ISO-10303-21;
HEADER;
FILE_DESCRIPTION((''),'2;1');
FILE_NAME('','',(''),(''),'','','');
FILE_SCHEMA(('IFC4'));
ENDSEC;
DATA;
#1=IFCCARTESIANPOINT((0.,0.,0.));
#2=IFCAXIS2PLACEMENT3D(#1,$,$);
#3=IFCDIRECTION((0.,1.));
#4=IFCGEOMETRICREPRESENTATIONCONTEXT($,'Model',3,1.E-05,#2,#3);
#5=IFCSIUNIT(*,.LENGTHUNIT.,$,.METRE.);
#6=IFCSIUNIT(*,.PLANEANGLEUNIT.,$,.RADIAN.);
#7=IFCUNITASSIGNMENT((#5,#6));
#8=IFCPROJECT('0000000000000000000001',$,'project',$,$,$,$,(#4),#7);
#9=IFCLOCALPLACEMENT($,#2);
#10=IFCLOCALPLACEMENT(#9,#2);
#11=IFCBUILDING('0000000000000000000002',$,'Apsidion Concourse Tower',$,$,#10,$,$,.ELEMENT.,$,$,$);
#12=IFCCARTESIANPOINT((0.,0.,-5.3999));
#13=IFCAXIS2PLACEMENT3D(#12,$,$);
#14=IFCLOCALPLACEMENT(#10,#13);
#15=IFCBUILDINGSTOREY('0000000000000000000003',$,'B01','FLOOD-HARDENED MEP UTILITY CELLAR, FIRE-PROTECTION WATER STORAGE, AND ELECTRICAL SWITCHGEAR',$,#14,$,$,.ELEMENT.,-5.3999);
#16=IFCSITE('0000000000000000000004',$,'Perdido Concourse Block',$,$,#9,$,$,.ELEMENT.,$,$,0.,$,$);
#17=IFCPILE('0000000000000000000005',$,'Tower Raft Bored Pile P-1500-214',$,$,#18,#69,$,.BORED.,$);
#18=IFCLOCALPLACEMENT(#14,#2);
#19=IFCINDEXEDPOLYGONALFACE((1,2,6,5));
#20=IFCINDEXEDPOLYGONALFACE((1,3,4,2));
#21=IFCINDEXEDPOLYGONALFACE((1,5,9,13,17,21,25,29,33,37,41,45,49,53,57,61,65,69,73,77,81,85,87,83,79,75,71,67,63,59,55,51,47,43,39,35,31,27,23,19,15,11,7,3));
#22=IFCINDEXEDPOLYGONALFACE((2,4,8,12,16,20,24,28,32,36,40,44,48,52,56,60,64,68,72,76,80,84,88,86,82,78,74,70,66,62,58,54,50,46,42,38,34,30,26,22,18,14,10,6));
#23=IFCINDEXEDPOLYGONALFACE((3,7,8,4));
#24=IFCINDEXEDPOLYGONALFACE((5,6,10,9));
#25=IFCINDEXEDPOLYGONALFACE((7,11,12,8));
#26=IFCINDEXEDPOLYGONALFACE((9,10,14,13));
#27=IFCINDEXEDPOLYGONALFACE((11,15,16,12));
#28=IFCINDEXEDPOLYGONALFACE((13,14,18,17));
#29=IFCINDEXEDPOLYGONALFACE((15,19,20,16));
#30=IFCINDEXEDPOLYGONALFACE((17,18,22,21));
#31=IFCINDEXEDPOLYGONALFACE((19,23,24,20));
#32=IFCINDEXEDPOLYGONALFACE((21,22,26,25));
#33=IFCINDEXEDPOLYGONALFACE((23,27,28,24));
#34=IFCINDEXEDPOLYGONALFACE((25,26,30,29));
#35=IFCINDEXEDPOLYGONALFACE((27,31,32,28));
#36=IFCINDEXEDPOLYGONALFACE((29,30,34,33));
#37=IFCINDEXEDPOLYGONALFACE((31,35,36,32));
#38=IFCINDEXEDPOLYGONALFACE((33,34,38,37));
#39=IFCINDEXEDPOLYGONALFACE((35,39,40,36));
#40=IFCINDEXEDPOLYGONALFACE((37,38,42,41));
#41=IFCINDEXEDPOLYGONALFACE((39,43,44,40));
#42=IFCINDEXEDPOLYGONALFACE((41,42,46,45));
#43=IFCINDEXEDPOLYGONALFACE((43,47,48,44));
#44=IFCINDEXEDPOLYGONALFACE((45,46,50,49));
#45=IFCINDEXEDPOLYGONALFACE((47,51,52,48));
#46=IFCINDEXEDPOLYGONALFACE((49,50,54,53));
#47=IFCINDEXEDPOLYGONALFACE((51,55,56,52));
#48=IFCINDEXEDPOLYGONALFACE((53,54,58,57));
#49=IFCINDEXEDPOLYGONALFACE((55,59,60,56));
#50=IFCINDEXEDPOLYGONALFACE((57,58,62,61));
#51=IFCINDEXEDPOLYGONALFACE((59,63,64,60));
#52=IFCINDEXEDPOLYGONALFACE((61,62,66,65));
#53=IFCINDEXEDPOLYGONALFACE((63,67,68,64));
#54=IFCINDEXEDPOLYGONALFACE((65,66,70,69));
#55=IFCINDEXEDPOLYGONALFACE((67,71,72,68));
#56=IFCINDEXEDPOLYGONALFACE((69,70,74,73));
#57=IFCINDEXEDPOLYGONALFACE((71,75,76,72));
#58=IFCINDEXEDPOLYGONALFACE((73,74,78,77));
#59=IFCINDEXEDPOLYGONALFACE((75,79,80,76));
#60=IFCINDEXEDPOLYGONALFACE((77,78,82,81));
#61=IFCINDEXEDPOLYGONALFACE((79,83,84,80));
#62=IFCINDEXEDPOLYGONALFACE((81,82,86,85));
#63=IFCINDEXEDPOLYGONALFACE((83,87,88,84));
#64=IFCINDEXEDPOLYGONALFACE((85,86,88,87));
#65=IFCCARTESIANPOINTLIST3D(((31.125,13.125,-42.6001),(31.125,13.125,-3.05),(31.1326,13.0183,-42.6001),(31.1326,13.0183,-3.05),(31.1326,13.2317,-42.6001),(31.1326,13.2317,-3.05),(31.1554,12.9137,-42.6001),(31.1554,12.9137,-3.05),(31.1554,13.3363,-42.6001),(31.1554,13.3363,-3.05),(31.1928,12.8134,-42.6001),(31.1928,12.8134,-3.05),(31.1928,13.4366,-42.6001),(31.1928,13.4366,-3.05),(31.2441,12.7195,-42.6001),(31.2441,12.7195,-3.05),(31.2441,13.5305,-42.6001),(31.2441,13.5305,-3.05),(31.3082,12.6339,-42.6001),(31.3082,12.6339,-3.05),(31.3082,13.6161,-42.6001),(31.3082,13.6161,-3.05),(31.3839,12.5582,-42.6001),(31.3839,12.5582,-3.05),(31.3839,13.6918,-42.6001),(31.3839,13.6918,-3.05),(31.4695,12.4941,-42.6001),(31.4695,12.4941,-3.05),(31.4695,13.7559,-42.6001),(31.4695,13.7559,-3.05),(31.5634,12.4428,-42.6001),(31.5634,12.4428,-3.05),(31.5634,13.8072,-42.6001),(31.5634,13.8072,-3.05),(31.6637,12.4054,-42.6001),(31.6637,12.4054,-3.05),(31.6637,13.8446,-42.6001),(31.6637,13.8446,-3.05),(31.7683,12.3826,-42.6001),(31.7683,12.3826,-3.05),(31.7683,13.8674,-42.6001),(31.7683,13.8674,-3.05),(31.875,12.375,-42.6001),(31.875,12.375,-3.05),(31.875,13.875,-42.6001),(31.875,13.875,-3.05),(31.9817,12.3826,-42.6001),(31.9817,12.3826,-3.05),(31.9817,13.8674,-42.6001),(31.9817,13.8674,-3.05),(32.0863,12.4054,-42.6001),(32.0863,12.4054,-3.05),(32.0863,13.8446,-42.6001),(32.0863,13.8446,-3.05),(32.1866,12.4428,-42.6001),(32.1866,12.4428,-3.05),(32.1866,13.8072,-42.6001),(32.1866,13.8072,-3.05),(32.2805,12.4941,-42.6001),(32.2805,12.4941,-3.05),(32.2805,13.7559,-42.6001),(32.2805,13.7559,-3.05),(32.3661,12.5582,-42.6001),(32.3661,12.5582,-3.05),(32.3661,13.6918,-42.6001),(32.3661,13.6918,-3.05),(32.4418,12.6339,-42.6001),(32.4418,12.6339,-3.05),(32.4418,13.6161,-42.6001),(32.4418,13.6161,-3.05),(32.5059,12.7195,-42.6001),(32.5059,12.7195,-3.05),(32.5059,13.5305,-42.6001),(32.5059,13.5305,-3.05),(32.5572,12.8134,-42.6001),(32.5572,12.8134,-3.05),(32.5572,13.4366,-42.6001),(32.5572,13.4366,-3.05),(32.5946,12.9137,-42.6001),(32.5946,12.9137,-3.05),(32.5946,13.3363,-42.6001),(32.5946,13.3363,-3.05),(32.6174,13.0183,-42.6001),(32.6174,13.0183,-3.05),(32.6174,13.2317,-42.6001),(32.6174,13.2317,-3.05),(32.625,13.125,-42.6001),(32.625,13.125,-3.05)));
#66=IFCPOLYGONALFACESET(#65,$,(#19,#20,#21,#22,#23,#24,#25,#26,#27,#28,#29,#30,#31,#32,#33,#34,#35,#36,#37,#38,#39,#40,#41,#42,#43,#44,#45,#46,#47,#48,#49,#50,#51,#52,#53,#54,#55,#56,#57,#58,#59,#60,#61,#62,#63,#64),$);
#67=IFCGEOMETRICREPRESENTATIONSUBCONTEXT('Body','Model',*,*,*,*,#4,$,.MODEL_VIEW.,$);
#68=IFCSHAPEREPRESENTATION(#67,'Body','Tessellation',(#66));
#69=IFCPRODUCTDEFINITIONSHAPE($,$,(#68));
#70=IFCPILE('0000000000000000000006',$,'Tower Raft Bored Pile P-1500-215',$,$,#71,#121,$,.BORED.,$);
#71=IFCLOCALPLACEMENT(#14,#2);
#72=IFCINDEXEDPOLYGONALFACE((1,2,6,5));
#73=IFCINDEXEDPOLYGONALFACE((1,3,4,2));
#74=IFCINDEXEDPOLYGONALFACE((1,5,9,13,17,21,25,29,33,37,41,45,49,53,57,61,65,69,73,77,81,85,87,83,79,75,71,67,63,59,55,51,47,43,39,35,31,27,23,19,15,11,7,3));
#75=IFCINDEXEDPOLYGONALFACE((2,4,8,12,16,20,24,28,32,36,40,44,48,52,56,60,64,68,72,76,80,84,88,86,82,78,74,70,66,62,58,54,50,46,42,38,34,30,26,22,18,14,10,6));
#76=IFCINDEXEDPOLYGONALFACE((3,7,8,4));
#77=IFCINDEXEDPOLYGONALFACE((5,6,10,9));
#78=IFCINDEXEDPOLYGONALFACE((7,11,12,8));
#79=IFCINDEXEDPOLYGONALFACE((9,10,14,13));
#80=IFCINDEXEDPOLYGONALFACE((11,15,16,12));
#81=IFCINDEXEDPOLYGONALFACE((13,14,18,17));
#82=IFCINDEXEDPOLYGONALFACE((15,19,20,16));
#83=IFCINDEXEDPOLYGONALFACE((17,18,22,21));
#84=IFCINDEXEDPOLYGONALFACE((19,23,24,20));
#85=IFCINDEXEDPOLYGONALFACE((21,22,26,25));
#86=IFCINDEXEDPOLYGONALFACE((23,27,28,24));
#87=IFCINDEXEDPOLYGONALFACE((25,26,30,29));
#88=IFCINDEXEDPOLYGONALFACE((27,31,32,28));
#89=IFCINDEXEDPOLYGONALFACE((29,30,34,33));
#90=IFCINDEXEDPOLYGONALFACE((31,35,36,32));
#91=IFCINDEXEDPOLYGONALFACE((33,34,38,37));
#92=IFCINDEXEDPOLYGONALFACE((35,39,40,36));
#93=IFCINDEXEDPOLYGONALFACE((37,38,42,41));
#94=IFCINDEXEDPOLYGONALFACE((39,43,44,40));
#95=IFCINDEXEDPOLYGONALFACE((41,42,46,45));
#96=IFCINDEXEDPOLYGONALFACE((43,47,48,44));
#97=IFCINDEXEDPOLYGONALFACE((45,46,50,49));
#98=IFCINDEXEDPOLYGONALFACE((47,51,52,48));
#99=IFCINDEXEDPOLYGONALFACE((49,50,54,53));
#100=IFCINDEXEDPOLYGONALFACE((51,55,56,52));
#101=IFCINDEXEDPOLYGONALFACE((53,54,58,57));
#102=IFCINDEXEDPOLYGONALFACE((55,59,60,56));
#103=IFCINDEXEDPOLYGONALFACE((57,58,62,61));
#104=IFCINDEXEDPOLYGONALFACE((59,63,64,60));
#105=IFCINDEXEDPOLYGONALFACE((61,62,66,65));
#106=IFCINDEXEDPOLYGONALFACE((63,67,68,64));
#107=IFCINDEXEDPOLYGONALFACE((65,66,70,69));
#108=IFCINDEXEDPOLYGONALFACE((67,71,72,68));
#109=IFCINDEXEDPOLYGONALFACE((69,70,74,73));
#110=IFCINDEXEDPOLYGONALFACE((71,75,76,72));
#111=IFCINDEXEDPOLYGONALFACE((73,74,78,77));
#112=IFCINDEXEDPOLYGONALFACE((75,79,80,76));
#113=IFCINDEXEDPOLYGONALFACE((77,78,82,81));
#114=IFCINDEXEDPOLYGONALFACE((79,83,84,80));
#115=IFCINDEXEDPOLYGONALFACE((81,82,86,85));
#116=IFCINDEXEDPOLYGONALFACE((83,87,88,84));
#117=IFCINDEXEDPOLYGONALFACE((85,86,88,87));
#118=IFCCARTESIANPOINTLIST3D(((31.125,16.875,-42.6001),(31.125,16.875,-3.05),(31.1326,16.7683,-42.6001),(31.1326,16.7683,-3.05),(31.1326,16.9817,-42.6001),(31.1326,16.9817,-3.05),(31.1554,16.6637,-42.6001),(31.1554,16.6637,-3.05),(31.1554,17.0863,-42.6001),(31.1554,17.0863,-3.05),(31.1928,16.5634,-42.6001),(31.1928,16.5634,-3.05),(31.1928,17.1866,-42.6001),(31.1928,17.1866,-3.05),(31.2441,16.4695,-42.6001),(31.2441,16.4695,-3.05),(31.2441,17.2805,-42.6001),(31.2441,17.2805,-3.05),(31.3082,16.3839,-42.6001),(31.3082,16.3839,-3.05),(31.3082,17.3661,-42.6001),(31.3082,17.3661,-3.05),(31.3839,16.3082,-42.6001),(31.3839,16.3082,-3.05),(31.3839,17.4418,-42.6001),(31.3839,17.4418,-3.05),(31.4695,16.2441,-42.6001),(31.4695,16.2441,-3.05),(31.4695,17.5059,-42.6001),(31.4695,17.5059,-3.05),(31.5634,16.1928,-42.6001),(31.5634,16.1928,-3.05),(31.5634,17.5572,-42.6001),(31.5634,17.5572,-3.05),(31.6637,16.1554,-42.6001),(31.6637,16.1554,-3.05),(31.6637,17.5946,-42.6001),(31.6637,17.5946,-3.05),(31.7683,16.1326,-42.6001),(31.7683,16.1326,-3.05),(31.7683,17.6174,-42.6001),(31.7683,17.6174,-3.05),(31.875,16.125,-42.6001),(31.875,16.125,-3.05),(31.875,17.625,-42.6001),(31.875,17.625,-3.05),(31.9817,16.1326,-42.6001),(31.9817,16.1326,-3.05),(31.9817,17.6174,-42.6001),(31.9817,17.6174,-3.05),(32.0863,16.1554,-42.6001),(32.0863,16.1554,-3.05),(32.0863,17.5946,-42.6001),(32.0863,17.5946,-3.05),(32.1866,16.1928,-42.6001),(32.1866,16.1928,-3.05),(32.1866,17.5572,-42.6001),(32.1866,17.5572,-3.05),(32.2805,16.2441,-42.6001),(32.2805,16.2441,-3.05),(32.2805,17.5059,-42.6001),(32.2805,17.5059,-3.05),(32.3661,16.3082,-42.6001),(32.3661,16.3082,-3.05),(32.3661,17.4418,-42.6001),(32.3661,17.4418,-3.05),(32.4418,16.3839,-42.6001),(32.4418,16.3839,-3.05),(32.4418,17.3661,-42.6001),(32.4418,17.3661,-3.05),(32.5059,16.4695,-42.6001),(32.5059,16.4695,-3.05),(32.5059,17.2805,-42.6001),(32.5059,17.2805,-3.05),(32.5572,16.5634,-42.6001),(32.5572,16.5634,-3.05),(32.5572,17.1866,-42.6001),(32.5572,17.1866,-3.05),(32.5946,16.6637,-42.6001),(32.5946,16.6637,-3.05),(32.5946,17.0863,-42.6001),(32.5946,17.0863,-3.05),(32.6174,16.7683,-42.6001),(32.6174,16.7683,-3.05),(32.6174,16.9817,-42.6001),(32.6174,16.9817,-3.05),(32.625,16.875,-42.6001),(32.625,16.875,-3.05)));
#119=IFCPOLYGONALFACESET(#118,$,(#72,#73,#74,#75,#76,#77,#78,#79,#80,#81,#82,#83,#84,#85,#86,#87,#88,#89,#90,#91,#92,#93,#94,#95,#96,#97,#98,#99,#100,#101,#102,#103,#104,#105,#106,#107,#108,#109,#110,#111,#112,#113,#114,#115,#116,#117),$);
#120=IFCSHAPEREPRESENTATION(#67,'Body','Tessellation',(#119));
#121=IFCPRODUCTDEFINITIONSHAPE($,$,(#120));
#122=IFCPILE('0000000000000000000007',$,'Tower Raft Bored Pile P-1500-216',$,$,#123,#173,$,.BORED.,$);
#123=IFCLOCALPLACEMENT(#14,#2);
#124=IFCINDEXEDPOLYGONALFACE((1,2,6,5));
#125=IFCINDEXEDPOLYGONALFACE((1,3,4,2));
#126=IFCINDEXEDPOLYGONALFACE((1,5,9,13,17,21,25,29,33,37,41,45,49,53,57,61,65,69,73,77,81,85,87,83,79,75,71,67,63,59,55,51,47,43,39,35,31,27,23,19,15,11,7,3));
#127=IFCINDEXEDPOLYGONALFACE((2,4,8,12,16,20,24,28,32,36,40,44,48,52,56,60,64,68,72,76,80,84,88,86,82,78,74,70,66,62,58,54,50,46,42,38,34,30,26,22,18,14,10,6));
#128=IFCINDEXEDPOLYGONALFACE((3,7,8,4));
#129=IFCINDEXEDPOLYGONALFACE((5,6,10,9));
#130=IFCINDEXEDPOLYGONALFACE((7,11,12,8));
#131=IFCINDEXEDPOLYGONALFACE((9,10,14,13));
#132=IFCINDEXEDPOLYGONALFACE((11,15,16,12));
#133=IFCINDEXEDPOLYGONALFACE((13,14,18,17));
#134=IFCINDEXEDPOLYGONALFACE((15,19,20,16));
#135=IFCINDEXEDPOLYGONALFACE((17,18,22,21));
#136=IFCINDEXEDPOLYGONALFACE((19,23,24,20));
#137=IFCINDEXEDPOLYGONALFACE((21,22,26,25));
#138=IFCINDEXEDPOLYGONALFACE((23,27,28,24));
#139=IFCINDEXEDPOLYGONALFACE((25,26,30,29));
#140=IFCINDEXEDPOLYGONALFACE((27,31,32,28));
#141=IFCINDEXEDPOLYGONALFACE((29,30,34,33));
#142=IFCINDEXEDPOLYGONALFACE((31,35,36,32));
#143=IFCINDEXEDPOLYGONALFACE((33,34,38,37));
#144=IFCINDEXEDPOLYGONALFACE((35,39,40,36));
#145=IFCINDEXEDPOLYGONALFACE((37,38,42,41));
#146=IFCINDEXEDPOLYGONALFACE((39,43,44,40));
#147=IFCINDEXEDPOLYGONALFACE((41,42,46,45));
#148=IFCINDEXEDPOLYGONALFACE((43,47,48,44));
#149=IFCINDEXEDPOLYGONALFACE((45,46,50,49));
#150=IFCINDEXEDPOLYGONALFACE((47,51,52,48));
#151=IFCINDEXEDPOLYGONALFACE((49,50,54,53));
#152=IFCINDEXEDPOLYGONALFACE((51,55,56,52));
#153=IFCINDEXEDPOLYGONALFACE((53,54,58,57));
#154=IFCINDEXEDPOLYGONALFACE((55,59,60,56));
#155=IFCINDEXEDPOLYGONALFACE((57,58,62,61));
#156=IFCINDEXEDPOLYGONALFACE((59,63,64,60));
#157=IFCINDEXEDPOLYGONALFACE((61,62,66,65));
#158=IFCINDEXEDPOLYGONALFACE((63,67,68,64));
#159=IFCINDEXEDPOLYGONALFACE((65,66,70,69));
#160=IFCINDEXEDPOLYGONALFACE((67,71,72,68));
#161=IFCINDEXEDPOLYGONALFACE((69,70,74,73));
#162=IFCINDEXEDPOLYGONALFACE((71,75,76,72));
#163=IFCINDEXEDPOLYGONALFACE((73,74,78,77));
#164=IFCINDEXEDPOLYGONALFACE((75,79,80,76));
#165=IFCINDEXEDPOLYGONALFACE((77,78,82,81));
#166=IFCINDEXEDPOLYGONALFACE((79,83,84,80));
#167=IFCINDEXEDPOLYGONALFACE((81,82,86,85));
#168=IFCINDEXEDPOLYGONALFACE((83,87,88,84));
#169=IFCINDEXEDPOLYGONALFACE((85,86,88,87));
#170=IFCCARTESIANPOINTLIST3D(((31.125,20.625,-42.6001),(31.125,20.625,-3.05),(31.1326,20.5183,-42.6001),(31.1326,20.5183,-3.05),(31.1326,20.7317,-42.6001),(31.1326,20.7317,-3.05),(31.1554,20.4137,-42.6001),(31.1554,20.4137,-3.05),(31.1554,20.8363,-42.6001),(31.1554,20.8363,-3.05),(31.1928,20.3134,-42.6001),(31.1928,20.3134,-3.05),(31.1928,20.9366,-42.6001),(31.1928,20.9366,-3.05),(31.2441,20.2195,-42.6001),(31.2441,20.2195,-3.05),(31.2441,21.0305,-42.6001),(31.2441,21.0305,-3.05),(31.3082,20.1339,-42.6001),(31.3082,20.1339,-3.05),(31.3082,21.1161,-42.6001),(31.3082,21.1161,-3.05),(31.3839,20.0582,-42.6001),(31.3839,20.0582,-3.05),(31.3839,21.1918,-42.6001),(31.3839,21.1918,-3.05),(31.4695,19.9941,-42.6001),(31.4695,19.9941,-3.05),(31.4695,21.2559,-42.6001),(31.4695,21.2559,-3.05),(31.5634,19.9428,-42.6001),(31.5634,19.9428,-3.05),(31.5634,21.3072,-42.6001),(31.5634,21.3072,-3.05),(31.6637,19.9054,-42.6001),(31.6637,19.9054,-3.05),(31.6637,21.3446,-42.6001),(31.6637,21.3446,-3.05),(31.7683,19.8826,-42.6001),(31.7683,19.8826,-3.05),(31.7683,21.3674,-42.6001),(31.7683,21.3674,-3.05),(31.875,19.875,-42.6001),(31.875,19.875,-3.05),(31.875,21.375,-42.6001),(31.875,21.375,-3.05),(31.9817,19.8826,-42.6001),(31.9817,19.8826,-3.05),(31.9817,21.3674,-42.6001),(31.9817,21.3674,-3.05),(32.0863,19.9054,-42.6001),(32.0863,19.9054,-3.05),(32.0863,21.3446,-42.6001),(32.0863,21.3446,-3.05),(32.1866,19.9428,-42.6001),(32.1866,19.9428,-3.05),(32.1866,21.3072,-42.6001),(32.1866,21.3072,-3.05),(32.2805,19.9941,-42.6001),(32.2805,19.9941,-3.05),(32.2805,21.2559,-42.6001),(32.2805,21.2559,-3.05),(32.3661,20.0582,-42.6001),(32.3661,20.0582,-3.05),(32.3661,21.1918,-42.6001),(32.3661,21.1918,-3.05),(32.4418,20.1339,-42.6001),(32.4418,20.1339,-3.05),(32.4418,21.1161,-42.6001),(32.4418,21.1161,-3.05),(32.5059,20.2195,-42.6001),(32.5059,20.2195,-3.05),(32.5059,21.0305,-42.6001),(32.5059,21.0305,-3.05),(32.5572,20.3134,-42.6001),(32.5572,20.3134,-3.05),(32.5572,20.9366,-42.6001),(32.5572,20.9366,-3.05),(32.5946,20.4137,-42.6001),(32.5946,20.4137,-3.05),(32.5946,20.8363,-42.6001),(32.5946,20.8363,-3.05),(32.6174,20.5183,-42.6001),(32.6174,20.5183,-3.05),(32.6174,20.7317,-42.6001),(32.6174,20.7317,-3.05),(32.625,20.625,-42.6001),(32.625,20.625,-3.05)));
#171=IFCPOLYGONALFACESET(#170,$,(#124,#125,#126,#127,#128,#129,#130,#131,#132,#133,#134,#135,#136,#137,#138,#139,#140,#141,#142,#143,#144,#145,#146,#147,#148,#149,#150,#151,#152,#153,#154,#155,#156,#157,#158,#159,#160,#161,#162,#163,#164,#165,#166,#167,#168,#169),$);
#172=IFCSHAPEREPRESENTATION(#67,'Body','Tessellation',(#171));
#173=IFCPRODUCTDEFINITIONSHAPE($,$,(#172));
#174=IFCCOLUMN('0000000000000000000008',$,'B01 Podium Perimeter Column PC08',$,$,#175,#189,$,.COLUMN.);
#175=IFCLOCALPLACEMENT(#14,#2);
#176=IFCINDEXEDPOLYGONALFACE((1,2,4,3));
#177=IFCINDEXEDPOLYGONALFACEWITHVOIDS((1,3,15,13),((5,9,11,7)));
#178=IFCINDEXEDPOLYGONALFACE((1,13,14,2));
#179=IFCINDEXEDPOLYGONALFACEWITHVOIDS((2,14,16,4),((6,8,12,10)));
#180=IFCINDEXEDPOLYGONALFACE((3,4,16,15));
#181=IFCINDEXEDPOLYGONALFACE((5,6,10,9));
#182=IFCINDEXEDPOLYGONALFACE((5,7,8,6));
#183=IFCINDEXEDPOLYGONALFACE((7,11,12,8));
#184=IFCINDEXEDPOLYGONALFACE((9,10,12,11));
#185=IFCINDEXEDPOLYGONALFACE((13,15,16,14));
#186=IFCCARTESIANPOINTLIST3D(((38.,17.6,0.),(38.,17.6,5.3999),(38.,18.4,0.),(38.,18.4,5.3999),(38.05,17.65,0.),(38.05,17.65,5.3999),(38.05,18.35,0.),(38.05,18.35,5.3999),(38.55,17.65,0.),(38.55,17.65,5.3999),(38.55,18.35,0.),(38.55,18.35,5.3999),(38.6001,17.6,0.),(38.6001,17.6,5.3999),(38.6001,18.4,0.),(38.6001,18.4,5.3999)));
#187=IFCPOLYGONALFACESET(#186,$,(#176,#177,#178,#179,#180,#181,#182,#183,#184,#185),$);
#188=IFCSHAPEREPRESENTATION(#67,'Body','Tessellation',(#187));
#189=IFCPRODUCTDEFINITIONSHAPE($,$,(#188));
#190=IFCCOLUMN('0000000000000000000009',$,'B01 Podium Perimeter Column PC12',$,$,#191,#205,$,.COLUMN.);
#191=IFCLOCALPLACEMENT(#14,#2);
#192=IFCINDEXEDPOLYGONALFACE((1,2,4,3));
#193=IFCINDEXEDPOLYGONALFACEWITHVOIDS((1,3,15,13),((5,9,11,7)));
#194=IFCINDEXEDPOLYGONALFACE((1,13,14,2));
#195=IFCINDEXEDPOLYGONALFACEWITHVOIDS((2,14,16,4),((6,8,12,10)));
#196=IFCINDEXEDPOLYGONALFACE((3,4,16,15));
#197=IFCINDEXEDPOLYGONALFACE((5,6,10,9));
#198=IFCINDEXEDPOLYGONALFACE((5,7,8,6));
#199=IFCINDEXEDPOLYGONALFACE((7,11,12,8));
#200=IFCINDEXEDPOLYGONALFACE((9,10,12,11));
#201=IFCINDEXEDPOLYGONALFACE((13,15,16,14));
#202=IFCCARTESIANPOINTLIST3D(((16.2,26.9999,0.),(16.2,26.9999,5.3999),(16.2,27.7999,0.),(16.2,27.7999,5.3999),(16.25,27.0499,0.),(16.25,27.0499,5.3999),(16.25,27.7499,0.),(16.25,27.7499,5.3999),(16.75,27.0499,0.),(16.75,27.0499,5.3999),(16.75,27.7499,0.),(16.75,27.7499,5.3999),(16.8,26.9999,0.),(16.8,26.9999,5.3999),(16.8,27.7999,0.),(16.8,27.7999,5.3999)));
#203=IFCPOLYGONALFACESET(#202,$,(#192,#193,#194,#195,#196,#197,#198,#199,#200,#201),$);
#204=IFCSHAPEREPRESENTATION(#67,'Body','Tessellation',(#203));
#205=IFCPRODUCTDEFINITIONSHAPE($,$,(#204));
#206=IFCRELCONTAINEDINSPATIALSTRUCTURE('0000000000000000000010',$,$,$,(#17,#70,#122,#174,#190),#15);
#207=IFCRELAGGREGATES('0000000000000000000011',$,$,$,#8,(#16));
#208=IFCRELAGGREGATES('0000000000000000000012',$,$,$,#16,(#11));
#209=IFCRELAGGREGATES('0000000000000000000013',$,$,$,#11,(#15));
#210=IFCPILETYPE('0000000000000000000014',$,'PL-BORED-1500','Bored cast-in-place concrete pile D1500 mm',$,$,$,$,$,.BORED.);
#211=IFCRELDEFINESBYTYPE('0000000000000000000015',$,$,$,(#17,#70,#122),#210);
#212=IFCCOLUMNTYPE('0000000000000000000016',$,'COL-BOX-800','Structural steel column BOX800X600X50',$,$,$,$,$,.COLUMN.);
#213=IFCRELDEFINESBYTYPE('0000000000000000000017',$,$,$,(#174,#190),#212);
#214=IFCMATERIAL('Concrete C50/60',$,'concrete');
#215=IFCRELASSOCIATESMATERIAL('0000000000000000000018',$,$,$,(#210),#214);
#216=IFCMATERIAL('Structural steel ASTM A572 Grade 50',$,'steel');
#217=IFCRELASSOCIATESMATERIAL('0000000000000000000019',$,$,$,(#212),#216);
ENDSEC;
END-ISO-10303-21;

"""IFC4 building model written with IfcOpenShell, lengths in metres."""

from ifc_helpers import new_model, si_unit, direction, frame, origin, origin_2d, place, context, subcontext, project, spatial, hollow_rectangle, circle, extrude, material, material_profile, profile_set, type_object, element, save


model = new_model("IFC4")

# Units and contexts
model_context = context("Model", 3, precision=1e-05, world=origin(), true_north=direction((0.0, 1.0)))
body_context = subcontext(model_context, "Body", "Model", "MODEL_VIEW")
ifc_project = project(units=[si_unit("LENGTHUNIT", "METRE"), si_unit("PLANEANGLEUNIT", "RADIAN")], contexts=[model_context])

# Site, building, storey
site_placement = place(None, origin())
site = spatial("IfcSite", under=ifc_project, at=site_placement, Name="Perdido Concourse Block", CompositionType="ELEMENT", RefElevation=0.0)
building_placement = place(site_placement, origin())
building = spatial("IfcBuilding", under=site, at=building_placement, Name="Apsidion Concourse Tower", CompositionType="ELEMENT")
storey_placement = place(building_placement, frame((0.0, 0.0, -5.3999)))
storey = spatial("IfcBuildingStorey", under=building, at=storey_placement, Name="B01", Description="FLOOD-HARDENED MEP UTILITY CELLAR, FIRE-PROTECTION WATER STORAGE, AND ELECTRICAL SWITCHGEAR", CompositionType="ELEMENT", Elevation=-5.3999)

# Shared definitions
ifc_material_1 = material(Name="Concrete C50/60", Category="concrete")

# Piles
ifc_material_profile_1 = material_profile(ifc_material_1, circle(Radius=0.75, at=origin_2d()), Name="BORED PILE D1500")
ifc_profile_set_1 = profile_set([ifc_material_profile_1], Name="Concrete C50/60")
pile_type_1 = type_object("IfcPileType", Name="PL-BORED-1500", Description="Bored cast-in-place concrete pile D1500 mm", PredefinedType="BORED", material=ifc_profile_set_1)
for number, where, z_axis, x_axis, name in (
    (1, (31.875, 13.125, -3.05), (0.0, 0.0, -1.0), (1.0, 0.0, 0.0), "Tower Raft Bored Pile P-1500-214"),
    (2, (31.875, 16.875, -3.05), (0.0, 0.0, -1.0), (1.0, 0.0, 0.0), "Tower Raft Bored Pile P-1500-215"),
    (3, (31.875, 20.625, -3.05), (0.0, 0.0, -1.0), (1.0, 0.0, 0.0), "Tower Raft Bored Pile P-1500-216"),
):
    element("IfcPile", number, at=place(storey_placement, frame(where, z_axis=z_axis, x_axis=x_axis)), inside=storey, type_object=pile_type_1, Name=name, PredefinedType="BORED", context=body_context, shape_type="SweptSolid", body=[
        extrude(circle(Radius=0.75, at=origin_2d()), origin(), (0.0, 0.0, 1.0), 39.55),
    ])

# Columns
ifc_material_2 = material(Name="Structural steel ASTM A572 Grade 50", Category="steel")
ifc_material_profile_2 = material_profile(ifc_material_2, hollow_rectangle(XDim=0.6001, YDim=0.8, WallThickness=0.05, at=origin_2d()), Name="BOX800X600X50")
ifc_profile_set_2 = profile_set([ifc_material_profile_2], Name="Structural steel ASTM A572 Grade 50")
column_type_1 = type_object("IfcColumnType", Name="COL-BOX-800", Description="Structural steel column BOX800X600X50", PredefinedType="COLUMN", material=ifc_profile_set_2)
for number, where, z_axis, x_axis, name in (
    (4, (38.3, 18.0, 0.0), (0.0, 0.0, 1.0), (1.0, 0.0, 0.0), "B01 Podium Perimeter Column PC08"),
    (5, (16.5, 27.3999, 0.0), (0.0, 0.0, 1.0), (1.0, 0.0, 0.0), "B01 Podium Perimeter Column PC12"),
):
    element("IfcColumn", number, at=place(storey_placement, frame(where, z_axis=z_axis, x_axis=x_axis)), inside=storey, type_object=column_type_1, Name=name, PredefinedType="COLUMN", context=body_context, shape_type="SweptSolid", body=[
        extrude(hollow_rectangle(XDim=0.6001, YDim=0.8, WallThickness=0.05, at=origin_2d()), origin(), (0.0, 0.0, 1.0), 5.3999),
    ])

save(model, "model.ifc")
